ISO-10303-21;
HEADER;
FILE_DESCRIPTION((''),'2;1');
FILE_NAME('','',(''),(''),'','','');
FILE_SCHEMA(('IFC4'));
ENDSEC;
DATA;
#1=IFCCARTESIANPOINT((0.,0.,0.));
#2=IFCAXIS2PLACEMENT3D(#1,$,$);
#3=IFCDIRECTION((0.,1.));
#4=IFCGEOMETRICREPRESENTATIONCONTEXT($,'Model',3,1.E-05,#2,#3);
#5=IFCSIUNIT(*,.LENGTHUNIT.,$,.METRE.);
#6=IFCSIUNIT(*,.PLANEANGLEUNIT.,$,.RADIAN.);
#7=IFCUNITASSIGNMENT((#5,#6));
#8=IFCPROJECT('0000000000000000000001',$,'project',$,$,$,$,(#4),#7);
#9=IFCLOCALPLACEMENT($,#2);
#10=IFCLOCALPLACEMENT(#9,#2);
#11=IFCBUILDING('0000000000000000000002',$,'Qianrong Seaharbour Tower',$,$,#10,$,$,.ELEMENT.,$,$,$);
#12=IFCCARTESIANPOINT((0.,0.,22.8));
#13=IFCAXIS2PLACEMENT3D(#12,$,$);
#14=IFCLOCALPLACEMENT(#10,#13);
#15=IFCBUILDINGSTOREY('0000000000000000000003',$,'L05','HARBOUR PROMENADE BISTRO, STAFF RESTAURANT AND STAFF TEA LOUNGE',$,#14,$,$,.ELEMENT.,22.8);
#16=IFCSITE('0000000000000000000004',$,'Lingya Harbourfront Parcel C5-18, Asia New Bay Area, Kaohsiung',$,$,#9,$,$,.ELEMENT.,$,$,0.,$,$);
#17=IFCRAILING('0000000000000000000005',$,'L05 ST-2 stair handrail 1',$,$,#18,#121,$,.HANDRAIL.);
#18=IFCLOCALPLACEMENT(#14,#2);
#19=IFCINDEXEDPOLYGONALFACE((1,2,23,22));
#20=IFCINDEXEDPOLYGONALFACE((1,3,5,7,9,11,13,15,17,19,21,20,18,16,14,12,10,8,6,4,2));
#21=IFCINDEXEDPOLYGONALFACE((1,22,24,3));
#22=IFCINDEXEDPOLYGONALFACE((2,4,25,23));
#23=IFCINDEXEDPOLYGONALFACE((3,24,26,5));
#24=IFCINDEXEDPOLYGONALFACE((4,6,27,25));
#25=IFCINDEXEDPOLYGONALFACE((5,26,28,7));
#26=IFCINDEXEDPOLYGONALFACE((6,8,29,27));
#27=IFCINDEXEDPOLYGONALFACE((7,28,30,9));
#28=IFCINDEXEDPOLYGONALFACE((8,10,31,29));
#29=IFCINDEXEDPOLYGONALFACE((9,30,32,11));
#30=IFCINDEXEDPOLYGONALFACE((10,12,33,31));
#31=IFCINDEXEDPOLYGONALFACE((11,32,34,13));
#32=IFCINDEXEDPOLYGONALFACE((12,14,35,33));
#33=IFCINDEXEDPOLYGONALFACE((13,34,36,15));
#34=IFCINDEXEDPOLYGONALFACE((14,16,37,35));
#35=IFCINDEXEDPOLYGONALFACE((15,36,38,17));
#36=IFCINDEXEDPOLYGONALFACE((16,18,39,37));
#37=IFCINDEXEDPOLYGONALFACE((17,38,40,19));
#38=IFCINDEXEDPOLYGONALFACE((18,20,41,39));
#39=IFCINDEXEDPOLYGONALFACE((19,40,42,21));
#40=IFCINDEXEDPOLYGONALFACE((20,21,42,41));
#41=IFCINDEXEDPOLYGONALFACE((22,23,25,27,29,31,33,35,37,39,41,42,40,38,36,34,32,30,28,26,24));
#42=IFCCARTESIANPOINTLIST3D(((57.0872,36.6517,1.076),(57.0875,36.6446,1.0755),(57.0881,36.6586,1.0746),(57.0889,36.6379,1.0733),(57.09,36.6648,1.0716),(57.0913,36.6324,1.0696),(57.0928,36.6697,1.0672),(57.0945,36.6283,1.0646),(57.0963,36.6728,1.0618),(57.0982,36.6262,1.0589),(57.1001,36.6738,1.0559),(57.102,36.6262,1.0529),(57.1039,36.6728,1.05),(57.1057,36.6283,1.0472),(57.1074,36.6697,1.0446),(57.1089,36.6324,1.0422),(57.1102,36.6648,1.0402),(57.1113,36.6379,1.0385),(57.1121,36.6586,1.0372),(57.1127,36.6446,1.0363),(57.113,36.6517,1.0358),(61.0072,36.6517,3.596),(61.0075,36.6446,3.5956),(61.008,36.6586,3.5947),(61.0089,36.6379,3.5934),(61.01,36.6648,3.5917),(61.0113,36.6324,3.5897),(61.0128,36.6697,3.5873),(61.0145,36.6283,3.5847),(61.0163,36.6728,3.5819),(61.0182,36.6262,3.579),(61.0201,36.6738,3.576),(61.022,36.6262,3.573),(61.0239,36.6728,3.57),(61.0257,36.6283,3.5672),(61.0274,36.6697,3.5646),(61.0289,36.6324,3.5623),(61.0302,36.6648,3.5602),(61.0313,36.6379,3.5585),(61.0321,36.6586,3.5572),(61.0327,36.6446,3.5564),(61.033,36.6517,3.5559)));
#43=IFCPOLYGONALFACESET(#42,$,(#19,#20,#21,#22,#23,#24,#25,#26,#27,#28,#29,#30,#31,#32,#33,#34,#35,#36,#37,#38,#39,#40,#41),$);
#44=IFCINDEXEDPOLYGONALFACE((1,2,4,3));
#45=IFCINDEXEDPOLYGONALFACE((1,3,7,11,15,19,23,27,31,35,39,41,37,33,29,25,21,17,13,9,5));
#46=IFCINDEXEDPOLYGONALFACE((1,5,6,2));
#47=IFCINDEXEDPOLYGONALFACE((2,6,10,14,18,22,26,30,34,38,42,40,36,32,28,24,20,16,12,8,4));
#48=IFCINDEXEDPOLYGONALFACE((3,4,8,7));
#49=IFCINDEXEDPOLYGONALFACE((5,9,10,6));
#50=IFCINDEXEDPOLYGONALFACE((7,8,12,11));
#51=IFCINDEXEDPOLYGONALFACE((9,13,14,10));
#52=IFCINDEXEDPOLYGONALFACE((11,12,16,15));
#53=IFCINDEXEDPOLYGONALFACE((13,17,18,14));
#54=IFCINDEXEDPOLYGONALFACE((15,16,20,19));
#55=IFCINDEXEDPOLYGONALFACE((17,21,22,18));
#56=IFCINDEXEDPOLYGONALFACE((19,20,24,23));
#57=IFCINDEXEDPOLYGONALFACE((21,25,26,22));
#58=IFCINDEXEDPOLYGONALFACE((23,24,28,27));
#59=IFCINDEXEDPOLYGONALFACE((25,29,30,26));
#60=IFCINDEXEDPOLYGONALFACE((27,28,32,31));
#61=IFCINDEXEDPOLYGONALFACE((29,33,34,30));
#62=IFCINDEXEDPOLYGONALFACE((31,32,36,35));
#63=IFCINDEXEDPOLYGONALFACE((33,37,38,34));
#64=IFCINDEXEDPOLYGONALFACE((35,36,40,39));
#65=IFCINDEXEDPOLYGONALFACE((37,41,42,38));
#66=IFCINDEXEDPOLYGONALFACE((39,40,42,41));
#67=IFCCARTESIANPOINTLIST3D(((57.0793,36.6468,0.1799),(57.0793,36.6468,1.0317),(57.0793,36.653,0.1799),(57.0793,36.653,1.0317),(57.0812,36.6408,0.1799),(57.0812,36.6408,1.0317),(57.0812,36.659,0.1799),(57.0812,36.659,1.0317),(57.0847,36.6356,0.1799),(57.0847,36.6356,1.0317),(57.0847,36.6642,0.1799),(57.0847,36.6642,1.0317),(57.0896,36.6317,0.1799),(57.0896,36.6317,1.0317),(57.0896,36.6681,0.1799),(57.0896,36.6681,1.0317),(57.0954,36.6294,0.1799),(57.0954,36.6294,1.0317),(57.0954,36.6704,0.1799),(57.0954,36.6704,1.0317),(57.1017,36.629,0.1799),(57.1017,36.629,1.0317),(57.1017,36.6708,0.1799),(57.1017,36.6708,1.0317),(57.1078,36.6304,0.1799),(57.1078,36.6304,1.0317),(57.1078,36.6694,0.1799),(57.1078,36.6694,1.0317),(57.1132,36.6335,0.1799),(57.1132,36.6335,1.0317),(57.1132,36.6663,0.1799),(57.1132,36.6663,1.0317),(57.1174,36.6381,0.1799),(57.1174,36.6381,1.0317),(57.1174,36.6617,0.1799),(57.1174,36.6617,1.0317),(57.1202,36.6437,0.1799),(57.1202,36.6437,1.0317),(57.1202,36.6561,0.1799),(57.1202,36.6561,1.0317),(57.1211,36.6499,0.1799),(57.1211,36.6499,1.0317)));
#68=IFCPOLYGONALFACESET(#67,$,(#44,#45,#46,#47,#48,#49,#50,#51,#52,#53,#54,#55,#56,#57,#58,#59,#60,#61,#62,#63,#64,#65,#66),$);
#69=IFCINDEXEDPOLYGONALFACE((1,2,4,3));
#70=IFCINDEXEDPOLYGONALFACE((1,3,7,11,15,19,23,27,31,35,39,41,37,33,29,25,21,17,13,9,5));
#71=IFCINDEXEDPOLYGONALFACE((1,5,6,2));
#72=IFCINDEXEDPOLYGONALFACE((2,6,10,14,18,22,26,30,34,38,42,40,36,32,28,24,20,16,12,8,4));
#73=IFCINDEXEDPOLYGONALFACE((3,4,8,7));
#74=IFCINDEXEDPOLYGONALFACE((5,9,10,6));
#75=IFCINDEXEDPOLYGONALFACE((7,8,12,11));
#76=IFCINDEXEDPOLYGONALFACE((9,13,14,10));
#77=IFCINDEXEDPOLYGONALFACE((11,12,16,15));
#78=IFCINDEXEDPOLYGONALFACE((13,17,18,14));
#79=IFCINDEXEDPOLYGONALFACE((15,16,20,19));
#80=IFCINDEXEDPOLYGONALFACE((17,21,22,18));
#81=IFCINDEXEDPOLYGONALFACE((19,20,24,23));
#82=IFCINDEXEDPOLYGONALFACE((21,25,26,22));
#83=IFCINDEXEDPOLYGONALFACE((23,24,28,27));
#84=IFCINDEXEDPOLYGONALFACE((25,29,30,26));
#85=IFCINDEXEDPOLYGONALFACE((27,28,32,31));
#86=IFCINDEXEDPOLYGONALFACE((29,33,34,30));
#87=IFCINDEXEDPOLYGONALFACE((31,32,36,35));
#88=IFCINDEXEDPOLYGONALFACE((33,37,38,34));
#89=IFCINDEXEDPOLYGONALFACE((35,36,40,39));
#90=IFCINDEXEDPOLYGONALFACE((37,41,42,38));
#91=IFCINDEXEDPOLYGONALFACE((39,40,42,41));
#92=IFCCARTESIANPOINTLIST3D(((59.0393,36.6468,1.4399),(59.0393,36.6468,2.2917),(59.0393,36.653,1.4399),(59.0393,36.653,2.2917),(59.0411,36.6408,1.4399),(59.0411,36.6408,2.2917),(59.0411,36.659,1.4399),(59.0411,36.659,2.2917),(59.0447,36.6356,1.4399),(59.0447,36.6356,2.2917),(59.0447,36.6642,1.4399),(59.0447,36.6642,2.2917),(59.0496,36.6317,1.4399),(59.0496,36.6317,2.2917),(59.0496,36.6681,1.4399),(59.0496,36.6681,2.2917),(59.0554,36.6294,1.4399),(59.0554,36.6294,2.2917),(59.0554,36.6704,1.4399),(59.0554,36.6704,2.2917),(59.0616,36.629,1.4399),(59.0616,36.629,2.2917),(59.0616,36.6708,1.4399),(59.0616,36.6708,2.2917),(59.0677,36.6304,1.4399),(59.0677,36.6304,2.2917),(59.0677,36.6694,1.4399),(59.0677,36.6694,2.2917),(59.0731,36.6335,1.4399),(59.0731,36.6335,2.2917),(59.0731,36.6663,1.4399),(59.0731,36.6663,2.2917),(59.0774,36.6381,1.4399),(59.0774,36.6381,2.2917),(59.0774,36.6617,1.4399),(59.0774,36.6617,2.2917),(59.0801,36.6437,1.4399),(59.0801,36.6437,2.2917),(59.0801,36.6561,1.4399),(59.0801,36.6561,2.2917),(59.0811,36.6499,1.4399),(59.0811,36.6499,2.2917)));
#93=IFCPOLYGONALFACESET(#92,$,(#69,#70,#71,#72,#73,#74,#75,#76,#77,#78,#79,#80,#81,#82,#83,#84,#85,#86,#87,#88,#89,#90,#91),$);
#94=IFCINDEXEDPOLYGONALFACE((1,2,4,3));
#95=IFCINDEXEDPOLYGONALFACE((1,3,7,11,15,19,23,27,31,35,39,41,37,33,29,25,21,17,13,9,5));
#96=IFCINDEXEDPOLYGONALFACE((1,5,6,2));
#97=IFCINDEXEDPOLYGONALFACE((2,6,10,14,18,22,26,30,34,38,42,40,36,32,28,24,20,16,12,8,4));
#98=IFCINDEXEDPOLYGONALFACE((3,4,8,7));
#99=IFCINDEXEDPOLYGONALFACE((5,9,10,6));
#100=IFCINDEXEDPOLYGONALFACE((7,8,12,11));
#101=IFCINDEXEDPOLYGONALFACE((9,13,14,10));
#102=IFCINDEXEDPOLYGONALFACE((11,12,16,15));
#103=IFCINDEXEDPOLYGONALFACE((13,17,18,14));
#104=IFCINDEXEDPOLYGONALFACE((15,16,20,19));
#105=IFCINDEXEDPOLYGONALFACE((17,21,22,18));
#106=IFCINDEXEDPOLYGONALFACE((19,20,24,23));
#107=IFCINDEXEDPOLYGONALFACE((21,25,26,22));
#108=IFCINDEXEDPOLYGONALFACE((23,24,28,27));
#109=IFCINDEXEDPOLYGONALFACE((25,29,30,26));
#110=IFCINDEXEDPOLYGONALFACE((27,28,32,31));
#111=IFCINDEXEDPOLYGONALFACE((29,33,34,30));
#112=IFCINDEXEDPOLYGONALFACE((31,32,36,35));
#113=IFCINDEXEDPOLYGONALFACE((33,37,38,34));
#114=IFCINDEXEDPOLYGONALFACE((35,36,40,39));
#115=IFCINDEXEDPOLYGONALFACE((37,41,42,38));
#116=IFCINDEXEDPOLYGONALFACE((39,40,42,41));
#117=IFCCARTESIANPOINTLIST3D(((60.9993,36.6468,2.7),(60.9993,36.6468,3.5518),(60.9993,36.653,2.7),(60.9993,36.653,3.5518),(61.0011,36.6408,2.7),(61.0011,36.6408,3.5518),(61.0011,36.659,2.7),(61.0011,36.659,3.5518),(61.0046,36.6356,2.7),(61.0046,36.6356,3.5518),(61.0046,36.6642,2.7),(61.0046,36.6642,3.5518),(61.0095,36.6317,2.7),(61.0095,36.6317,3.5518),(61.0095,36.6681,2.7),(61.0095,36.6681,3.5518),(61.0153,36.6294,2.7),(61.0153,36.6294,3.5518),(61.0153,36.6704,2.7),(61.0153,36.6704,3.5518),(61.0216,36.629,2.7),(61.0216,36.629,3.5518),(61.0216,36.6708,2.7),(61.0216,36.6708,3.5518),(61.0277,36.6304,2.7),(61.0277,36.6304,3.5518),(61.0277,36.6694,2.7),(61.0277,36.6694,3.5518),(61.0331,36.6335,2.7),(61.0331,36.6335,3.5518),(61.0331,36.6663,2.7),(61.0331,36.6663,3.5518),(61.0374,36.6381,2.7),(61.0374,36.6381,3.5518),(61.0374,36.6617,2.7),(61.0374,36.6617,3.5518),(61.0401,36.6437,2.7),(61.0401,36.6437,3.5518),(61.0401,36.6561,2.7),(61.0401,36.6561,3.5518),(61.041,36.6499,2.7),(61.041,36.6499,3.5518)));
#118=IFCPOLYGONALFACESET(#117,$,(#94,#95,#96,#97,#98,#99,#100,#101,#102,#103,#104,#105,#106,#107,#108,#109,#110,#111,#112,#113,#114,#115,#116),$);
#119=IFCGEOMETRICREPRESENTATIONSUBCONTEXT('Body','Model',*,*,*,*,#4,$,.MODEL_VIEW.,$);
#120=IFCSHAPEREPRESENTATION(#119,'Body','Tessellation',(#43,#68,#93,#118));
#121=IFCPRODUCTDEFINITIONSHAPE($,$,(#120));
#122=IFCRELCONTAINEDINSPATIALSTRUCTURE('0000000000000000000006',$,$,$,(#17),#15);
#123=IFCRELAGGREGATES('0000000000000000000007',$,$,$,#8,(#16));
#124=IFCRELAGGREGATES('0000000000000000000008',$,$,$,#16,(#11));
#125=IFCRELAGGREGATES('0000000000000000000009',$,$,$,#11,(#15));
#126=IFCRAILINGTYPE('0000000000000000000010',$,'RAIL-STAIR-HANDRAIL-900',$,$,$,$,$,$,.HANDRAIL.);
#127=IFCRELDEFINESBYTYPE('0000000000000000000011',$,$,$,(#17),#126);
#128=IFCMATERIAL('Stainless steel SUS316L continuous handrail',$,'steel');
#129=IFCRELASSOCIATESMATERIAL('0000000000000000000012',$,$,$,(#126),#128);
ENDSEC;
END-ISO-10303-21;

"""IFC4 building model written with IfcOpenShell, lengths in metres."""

from ifc_helpers import new_model, si_unit, direction, frame, origin, origin_2d, place, context, subcontext, project, spatial, circle, extrude, material, type_object, element, save


model = new_model("IFC4")

# Units and contexts
model_context = context("Model", 3, precision=1e-05, world=origin(), true_north=direction((0.0, 1.0)))
body_context = subcontext(model_context, "Body", "Model", "MODEL_VIEW")
ifc_project = project(units=[si_unit("LENGTHUNIT", "METRE"), si_unit("PLANEANGLEUNIT", "RADIAN")], contexts=[model_context])

# Site, building, storey
site_placement = place(None, origin())
site = spatial("IfcSite", under=ifc_project, at=site_placement, Name="Lingya Harbourfront Parcel C5-18, Asia New Bay Area, Kaohsiung", CompositionType="ELEMENT", RefElevation=0.0)
building_placement = place(site_placement, origin())
building = spatial("IfcBuilding", under=site, at=building_placement, Name="Qianrong Seaharbour Tower", CompositionType="ELEMENT")
storey_placement = place(building_placement, frame((0.0, 0.0, 22.8)))
storey = spatial("IfcBuildingStorey", under=building, at=storey_placement, Name="L05", Description="HARBOUR PROMENADE BISTRO, STAFF RESTAURANT AND STAFF TEA LOUNGE", CompositionType="ELEMENT", Elevation=22.8)

# Railing
ifc_material_1 = material(Name="Stainless steel SUS316L continuous handrail", Category="steel")
railing_type_1 = type_object("IfcRailingType", Name="RAIL-STAIR-HANDRAIL-900", PredefinedType="HANDRAIL", material=ifc_material_1)
railing_1_placement = place(storey_placement, frame((57.1001, 36.6499, 0.1799)))
element("IfcRailing", 1, at=railing_1_placement, inside=storey, type_object=railing_type_1, Name="L05 ST-2 stair handrail 1", PredefinedType="HANDRAIL", context=body_context, shape_type="SweptSolid", body=[
    extrude(circle(Radius=0.0239, at=origin_2d()), frame((0.0, 0.0, 0.876), z_axis=(0.841172, 0.0, 0.540768), x_axis=(0.0, 1.0, 0.0)), (0.0, 0.0, 1.0), 4.6602),
    extrude(circle(Radius=0.021, at=origin_2d()), origin(), (0.0, 0.0, 1.0), 0.8518),
    extrude(circle(Radius=0.021, at=origin_2d()), frame((1.96, 0.0, 1.26)), (0.0, 0.0, 1.0), 0.8518),
    extrude(circle(Radius=0.021, at=origin_2d()), frame((3.9199, 0.0, 2.52)), (0.0, 0.0, 1.0), 0.8518),
])

save(model, "model.ifc")
